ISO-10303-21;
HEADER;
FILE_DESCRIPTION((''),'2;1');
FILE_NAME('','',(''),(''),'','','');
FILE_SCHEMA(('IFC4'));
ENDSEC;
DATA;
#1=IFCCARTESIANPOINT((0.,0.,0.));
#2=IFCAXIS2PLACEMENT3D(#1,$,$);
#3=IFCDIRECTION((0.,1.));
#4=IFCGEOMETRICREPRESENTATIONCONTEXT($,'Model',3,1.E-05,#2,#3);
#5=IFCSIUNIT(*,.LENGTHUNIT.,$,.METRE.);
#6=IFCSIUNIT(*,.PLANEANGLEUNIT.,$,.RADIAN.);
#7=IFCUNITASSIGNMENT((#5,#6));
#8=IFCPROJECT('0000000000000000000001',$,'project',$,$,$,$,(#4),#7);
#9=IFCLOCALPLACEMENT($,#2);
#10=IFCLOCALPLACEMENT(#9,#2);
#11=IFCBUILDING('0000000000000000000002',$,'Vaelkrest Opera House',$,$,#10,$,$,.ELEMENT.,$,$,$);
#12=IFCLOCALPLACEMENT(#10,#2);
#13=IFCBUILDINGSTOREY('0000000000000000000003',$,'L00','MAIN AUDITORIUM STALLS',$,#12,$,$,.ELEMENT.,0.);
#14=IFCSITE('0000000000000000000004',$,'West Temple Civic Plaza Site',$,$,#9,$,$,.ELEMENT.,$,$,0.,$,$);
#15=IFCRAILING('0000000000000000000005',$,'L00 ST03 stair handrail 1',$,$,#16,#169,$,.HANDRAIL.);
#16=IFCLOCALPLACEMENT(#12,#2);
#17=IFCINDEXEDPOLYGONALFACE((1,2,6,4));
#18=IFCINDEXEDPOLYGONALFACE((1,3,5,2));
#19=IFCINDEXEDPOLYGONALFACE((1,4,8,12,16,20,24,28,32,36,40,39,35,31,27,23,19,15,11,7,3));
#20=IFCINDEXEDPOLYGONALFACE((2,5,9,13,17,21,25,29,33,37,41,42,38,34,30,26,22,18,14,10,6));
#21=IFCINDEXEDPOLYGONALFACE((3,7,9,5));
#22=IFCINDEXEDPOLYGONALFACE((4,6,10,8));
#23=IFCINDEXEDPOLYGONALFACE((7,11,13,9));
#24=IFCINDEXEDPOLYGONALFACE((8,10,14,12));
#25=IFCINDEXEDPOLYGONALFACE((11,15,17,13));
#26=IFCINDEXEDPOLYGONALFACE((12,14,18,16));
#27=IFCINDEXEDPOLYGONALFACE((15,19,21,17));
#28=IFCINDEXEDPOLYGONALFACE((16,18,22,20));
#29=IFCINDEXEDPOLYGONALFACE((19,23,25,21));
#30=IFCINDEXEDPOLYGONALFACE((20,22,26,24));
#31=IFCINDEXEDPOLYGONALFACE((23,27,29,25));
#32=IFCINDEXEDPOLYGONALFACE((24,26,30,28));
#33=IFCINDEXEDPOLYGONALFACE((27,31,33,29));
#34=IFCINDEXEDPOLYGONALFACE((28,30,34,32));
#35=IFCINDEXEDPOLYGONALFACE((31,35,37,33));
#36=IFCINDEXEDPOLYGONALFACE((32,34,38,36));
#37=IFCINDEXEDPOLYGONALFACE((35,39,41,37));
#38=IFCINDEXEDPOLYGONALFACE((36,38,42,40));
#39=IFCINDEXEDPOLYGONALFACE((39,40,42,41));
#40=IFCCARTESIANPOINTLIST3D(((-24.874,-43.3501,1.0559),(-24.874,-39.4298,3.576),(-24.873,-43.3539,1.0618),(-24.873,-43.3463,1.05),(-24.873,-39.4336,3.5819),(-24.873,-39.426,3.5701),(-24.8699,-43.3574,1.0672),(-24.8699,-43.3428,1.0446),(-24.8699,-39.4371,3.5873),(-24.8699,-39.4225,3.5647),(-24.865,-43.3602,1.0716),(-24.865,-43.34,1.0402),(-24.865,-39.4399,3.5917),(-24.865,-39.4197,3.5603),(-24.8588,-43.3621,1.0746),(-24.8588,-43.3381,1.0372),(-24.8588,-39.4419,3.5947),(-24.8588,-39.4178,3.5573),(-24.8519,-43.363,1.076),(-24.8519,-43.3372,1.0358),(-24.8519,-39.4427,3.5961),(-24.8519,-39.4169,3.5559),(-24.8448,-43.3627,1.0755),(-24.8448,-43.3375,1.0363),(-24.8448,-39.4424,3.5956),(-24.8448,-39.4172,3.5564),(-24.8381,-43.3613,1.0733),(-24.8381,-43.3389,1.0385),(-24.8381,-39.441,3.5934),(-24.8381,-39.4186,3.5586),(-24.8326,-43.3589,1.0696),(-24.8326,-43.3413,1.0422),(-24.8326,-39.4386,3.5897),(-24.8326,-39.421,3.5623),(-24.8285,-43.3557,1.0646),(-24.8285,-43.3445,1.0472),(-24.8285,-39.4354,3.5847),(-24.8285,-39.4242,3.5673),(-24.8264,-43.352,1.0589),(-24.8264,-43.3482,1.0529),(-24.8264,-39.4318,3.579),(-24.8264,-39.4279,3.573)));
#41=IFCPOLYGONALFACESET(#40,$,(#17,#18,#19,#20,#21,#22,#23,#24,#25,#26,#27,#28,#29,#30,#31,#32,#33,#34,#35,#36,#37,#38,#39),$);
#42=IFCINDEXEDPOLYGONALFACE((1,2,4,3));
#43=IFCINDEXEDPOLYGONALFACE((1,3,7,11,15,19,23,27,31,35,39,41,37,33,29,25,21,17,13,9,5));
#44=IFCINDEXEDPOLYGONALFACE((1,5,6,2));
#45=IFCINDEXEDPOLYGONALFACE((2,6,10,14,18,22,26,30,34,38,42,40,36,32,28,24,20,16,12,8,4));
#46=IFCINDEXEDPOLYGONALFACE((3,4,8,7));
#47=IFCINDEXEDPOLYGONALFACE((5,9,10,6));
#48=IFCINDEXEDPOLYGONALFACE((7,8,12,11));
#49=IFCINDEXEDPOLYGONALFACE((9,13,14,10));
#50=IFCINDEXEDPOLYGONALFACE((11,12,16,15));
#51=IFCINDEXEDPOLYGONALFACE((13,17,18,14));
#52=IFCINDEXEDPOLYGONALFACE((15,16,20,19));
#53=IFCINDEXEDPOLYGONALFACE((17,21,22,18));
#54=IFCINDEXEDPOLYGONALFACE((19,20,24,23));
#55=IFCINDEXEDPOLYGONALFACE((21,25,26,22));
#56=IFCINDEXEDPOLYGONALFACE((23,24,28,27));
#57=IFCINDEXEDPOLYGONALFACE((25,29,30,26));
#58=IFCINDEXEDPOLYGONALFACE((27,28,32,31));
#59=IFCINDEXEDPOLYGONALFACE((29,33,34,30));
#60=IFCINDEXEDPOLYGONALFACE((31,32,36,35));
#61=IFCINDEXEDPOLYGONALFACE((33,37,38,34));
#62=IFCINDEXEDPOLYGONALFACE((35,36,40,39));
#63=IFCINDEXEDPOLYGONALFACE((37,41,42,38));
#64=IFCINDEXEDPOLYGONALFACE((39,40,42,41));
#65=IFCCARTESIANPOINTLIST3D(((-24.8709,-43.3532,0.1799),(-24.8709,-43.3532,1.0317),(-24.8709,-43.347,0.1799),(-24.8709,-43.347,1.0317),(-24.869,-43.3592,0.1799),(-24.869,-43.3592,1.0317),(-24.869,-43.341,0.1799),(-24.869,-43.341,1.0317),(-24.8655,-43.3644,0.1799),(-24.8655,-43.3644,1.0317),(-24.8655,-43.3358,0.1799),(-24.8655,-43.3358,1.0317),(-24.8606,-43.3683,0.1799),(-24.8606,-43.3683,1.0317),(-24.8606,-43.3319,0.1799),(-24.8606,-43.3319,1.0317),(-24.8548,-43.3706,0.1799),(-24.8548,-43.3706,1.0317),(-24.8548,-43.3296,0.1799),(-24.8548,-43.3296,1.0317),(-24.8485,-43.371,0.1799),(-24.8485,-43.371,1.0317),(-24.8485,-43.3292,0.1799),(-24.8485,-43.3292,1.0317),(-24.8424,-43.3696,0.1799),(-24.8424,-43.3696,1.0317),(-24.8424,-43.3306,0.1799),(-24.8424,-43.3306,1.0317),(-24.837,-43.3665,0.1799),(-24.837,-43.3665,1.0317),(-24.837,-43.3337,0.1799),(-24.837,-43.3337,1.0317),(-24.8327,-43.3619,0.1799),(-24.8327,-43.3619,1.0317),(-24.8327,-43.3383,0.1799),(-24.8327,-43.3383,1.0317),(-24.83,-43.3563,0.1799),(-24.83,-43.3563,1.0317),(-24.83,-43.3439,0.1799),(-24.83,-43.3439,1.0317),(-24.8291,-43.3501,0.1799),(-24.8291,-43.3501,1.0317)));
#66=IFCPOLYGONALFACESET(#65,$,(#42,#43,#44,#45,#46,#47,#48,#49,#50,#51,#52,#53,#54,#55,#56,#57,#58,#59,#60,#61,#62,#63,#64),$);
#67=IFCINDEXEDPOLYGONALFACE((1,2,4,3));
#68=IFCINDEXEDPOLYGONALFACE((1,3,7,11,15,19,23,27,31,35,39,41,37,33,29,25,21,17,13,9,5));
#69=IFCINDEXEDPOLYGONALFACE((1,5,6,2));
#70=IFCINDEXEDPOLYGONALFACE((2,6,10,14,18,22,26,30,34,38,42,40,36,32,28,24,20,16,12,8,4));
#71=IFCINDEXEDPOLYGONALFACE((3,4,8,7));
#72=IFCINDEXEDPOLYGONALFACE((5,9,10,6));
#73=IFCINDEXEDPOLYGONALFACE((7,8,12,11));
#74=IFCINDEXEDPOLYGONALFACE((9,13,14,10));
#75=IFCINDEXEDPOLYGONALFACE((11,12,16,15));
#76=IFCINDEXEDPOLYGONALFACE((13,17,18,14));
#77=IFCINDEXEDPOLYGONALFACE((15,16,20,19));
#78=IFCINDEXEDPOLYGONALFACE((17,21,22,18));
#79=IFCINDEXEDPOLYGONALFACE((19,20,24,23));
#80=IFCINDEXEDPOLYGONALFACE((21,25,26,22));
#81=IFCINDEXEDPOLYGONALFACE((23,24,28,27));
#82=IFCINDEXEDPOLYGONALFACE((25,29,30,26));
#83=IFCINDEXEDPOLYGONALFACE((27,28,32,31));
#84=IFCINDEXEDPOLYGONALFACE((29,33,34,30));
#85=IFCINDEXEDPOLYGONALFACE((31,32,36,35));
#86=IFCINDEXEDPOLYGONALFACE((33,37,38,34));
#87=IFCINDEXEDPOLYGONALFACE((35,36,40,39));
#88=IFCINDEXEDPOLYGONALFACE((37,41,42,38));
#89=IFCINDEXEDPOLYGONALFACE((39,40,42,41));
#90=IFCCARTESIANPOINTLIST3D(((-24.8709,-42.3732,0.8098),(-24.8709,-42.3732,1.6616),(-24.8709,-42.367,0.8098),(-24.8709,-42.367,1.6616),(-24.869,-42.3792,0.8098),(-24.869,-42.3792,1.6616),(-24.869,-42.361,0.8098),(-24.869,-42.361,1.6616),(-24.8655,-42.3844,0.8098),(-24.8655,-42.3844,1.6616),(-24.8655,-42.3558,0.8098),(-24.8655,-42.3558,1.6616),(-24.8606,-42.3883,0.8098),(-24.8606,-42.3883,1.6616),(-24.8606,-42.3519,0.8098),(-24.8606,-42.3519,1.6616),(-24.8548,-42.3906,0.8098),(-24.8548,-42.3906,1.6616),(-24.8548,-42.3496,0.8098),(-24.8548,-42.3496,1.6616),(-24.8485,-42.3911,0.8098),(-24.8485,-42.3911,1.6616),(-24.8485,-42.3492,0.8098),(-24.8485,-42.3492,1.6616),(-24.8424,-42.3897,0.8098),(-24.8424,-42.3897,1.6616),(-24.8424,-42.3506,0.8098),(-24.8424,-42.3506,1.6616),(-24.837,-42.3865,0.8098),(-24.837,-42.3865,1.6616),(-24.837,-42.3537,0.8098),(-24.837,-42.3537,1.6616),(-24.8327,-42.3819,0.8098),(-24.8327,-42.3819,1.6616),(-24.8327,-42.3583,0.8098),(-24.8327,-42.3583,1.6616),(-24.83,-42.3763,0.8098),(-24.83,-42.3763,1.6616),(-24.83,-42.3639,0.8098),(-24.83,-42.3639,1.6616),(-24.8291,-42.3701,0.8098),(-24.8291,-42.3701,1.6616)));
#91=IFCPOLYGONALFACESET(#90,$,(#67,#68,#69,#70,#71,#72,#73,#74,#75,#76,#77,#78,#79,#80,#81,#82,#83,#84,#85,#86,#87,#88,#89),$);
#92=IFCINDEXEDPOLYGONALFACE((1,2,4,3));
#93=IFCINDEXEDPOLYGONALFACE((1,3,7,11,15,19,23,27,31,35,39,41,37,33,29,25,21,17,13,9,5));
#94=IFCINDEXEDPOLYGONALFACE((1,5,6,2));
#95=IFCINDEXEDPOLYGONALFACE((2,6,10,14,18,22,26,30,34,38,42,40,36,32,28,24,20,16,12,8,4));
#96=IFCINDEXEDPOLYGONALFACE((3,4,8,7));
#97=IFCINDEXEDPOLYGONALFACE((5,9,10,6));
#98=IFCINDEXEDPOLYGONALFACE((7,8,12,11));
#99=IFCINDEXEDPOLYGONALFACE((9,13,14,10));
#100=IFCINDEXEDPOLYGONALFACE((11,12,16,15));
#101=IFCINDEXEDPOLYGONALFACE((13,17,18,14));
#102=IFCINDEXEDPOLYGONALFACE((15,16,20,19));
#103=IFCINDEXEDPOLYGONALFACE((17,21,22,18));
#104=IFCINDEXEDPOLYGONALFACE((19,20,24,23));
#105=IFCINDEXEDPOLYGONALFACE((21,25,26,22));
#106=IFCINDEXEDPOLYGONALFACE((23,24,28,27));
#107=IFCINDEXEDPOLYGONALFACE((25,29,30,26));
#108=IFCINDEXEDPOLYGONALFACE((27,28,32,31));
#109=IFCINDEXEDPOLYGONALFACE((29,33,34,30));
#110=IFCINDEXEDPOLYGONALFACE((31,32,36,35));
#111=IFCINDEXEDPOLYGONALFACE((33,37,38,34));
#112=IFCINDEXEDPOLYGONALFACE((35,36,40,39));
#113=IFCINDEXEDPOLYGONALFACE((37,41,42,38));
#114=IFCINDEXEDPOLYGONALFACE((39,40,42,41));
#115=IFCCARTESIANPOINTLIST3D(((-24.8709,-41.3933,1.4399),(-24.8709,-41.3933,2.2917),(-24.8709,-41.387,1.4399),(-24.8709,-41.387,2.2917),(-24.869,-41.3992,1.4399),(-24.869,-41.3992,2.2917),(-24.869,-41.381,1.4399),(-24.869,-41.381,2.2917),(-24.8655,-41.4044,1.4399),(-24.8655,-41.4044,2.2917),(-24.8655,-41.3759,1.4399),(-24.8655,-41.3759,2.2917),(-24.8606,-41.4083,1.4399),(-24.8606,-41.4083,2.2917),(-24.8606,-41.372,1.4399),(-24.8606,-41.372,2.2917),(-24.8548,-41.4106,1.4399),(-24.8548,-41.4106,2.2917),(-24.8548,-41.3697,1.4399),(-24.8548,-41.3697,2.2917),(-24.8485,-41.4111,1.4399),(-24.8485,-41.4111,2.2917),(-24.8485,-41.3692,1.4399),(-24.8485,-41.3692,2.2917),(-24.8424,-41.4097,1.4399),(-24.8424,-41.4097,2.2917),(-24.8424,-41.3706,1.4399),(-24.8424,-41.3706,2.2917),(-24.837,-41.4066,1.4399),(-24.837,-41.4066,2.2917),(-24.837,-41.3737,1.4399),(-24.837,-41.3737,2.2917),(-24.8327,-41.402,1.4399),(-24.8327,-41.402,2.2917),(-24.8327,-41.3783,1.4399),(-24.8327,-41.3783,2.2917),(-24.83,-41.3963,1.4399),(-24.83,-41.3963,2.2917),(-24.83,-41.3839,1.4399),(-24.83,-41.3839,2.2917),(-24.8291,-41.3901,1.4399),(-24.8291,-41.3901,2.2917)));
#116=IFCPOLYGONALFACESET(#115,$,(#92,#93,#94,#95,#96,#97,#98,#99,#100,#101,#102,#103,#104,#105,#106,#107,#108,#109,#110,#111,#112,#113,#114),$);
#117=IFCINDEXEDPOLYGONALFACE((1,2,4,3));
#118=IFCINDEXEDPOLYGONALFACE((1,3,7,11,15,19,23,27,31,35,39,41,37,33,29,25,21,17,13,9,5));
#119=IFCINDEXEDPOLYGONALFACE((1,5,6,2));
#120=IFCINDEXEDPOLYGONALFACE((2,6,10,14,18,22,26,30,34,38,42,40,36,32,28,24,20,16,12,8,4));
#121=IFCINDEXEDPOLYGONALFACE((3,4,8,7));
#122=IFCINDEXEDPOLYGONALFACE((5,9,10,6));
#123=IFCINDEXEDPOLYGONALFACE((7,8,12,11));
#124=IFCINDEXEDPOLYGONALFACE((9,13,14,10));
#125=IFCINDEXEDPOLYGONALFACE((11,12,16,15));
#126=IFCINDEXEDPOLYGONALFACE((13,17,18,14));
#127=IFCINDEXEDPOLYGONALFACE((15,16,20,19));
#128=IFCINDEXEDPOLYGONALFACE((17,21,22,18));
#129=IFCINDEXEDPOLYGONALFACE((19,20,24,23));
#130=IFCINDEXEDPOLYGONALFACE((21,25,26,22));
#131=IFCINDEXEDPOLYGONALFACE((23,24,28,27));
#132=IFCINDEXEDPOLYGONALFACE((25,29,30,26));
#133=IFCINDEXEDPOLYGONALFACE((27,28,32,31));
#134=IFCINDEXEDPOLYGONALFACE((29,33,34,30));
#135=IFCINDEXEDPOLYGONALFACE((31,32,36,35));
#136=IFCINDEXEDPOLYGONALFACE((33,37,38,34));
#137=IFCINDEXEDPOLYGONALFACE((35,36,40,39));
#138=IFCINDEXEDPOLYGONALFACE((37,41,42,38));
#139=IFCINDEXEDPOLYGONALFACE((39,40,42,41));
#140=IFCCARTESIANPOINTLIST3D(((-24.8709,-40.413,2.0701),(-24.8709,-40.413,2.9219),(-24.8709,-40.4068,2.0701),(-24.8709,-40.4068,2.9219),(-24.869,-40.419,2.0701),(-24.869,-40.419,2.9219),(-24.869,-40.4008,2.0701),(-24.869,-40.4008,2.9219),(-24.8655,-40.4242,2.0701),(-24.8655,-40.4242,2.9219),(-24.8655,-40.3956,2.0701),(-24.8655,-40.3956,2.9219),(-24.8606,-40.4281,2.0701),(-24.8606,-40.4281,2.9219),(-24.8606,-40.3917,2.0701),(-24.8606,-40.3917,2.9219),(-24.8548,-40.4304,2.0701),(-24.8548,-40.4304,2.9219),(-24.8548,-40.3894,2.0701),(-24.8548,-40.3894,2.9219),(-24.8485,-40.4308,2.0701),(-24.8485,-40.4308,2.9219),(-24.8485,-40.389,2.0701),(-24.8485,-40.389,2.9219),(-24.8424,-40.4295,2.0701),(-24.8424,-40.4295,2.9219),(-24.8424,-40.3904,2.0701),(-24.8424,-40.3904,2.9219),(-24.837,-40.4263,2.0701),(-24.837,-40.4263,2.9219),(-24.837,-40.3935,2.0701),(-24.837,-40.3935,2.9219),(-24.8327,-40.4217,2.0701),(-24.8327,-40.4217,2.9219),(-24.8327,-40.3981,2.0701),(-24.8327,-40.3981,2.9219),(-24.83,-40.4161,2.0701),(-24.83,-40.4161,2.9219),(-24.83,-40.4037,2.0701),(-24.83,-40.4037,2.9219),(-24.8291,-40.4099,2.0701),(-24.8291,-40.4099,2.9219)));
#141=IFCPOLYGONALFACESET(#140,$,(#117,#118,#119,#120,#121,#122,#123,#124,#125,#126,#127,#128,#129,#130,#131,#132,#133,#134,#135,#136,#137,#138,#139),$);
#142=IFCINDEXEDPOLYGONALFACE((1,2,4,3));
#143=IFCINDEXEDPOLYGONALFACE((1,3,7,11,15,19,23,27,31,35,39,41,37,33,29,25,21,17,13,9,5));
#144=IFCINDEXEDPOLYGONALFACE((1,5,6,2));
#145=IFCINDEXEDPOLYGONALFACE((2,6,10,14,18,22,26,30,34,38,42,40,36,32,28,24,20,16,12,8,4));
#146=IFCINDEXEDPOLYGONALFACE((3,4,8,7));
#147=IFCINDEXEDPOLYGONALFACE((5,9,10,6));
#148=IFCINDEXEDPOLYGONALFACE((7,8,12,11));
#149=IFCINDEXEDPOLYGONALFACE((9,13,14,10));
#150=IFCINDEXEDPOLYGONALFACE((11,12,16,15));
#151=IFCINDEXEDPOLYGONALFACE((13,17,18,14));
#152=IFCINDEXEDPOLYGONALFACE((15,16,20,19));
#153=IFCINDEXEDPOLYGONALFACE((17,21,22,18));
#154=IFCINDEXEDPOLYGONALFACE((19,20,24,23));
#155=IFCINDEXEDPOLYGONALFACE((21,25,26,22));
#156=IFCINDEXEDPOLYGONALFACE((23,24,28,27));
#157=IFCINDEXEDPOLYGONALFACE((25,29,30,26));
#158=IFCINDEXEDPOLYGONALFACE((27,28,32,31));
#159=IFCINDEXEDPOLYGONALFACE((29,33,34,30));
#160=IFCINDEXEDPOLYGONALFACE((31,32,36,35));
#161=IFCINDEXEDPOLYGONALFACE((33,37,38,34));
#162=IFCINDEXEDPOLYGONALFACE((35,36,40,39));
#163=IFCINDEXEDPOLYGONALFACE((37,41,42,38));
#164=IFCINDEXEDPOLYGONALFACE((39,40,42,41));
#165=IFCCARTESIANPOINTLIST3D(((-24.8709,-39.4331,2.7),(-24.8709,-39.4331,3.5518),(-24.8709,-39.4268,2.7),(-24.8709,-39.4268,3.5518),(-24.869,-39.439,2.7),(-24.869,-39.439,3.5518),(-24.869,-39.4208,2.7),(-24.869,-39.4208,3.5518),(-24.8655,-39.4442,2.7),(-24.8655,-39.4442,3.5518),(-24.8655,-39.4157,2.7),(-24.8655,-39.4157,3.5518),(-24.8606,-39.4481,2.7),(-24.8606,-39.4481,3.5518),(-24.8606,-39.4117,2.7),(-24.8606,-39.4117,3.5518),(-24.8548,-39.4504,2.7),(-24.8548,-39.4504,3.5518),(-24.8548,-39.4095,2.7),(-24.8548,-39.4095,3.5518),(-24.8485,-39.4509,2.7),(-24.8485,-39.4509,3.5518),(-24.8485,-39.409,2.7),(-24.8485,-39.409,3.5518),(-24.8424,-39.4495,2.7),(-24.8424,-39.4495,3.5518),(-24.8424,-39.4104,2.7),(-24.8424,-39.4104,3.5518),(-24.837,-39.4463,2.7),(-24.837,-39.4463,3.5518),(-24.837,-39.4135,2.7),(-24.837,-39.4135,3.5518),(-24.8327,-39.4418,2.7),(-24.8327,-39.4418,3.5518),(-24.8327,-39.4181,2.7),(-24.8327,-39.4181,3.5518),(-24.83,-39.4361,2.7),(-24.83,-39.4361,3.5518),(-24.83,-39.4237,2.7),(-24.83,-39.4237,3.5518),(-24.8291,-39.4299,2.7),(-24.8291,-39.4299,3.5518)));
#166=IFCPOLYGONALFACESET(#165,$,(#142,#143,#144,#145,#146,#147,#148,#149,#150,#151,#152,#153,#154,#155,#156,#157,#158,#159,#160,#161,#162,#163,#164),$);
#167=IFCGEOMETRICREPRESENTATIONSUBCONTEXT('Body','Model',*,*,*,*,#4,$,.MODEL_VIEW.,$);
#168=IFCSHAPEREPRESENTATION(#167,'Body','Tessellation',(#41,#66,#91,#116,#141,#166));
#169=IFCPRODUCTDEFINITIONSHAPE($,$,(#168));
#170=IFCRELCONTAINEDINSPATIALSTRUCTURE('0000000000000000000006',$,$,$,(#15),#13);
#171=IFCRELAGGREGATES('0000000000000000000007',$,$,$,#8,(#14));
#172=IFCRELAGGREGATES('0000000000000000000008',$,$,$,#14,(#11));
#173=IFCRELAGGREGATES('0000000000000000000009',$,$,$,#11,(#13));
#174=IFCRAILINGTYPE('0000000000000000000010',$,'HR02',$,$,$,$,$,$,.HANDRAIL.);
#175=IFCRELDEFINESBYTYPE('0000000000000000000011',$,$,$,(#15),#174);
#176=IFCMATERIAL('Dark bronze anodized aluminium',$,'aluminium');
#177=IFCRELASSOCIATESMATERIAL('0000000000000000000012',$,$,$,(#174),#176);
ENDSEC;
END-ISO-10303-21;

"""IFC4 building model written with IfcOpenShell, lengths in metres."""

from ifc_helpers import new_model, si_unit, direction, frame, origin, origin_2d, place, context, subcontext, project, spatial, circle, extrude, material, type_object, element, save


model = new_model("IFC4")

# Units and contexts
model_context = context("Model", 3, precision=1e-05, world=origin(), true_north=direction((0.0, 1.0)))
body_context = subcontext(model_context, "Body", "Model", "MODEL_VIEW")
ifc_project = project(units=[si_unit("LENGTHUNIT", "METRE"), si_unit("PLANEANGLEUNIT", "RADIAN")], contexts=[model_context])

# Site, building, storey
site_placement = place(None, origin())
site = spatial("IfcSite", under=ifc_project, at=site_placement, Name="West Temple Civic Plaza Site", CompositionType="ELEMENT", RefElevation=0.0)
building_placement = place(site_placement, origin())
building = spatial("IfcBuilding", under=site, at=building_placement, Name="Vaelkrest Opera House", CompositionType="ELEMENT")
storey_placement = place(building_placement, origin())
storey = spatial("IfcBuildingStorey", under=building, at=storey_placement, Name="L00", Description="MAIN AUDITORIUM STALLS", CompositionType="ELEMENT", Elevation=0.0)

# Railing
ifc_material_1 = material(Name="Dark bronze anodized aluminium", Category="aluminium")
railing_type_1 = type_object("IfcRailingType", Name="HR02", PredefinedType="HANDRAIL", material=ifc_material_1)
railing_1_placement = place(storey_placement, frame((-24.8501, -43.3501, 0.1799)))
element("IfcRailing", 1, at=railing_1_placement, inside=storey, type_object=railing_type_1, Name="L00 ST03 stair handrail 1", PredefinedType="HANDRAIL", context=body_context, shape_type="SweptSolid", body=[
    extrude(circle(Radius=0.0239, at=origin_2d()), frame((0.0, 0.0, 0.876), z_axis=(0.0, 0.841187, 0.540744), x_axis=(-1.0, 0.0, 0.0)), (0.0, 0.0, 1.0), 4.6604),
    extrude(circle(Radius=0.021, at=origin_2d()), origin(), (0.0, 0.0, 1.0), 0.8518),
    extrude(circle(Radius=0.021, at=origin_2d()), frame((0.0, 0.98, 0.6299)), (0.0, 0.0, 1.0), 0.8518),
    extrude(circle(Radius=0.021, at=origin_2d()), frame((0.0, 1.96, 1.26)), (0.0, 0.0, 1.0), 0.8518),
    extrude(circle(Radius=0.021, at=origin_2d()), frame((0.0, 2.9402, 1.8901)), (0.0, 0.0, 1.0), 0.8518),
    extrude(circle(Radius=0.021, at=origin_2d()), frame((0.0, 3.9202, 2.52)), (0.0, 0.0, 1.0), 0.8518),
])

save(model, "model.ifc")
